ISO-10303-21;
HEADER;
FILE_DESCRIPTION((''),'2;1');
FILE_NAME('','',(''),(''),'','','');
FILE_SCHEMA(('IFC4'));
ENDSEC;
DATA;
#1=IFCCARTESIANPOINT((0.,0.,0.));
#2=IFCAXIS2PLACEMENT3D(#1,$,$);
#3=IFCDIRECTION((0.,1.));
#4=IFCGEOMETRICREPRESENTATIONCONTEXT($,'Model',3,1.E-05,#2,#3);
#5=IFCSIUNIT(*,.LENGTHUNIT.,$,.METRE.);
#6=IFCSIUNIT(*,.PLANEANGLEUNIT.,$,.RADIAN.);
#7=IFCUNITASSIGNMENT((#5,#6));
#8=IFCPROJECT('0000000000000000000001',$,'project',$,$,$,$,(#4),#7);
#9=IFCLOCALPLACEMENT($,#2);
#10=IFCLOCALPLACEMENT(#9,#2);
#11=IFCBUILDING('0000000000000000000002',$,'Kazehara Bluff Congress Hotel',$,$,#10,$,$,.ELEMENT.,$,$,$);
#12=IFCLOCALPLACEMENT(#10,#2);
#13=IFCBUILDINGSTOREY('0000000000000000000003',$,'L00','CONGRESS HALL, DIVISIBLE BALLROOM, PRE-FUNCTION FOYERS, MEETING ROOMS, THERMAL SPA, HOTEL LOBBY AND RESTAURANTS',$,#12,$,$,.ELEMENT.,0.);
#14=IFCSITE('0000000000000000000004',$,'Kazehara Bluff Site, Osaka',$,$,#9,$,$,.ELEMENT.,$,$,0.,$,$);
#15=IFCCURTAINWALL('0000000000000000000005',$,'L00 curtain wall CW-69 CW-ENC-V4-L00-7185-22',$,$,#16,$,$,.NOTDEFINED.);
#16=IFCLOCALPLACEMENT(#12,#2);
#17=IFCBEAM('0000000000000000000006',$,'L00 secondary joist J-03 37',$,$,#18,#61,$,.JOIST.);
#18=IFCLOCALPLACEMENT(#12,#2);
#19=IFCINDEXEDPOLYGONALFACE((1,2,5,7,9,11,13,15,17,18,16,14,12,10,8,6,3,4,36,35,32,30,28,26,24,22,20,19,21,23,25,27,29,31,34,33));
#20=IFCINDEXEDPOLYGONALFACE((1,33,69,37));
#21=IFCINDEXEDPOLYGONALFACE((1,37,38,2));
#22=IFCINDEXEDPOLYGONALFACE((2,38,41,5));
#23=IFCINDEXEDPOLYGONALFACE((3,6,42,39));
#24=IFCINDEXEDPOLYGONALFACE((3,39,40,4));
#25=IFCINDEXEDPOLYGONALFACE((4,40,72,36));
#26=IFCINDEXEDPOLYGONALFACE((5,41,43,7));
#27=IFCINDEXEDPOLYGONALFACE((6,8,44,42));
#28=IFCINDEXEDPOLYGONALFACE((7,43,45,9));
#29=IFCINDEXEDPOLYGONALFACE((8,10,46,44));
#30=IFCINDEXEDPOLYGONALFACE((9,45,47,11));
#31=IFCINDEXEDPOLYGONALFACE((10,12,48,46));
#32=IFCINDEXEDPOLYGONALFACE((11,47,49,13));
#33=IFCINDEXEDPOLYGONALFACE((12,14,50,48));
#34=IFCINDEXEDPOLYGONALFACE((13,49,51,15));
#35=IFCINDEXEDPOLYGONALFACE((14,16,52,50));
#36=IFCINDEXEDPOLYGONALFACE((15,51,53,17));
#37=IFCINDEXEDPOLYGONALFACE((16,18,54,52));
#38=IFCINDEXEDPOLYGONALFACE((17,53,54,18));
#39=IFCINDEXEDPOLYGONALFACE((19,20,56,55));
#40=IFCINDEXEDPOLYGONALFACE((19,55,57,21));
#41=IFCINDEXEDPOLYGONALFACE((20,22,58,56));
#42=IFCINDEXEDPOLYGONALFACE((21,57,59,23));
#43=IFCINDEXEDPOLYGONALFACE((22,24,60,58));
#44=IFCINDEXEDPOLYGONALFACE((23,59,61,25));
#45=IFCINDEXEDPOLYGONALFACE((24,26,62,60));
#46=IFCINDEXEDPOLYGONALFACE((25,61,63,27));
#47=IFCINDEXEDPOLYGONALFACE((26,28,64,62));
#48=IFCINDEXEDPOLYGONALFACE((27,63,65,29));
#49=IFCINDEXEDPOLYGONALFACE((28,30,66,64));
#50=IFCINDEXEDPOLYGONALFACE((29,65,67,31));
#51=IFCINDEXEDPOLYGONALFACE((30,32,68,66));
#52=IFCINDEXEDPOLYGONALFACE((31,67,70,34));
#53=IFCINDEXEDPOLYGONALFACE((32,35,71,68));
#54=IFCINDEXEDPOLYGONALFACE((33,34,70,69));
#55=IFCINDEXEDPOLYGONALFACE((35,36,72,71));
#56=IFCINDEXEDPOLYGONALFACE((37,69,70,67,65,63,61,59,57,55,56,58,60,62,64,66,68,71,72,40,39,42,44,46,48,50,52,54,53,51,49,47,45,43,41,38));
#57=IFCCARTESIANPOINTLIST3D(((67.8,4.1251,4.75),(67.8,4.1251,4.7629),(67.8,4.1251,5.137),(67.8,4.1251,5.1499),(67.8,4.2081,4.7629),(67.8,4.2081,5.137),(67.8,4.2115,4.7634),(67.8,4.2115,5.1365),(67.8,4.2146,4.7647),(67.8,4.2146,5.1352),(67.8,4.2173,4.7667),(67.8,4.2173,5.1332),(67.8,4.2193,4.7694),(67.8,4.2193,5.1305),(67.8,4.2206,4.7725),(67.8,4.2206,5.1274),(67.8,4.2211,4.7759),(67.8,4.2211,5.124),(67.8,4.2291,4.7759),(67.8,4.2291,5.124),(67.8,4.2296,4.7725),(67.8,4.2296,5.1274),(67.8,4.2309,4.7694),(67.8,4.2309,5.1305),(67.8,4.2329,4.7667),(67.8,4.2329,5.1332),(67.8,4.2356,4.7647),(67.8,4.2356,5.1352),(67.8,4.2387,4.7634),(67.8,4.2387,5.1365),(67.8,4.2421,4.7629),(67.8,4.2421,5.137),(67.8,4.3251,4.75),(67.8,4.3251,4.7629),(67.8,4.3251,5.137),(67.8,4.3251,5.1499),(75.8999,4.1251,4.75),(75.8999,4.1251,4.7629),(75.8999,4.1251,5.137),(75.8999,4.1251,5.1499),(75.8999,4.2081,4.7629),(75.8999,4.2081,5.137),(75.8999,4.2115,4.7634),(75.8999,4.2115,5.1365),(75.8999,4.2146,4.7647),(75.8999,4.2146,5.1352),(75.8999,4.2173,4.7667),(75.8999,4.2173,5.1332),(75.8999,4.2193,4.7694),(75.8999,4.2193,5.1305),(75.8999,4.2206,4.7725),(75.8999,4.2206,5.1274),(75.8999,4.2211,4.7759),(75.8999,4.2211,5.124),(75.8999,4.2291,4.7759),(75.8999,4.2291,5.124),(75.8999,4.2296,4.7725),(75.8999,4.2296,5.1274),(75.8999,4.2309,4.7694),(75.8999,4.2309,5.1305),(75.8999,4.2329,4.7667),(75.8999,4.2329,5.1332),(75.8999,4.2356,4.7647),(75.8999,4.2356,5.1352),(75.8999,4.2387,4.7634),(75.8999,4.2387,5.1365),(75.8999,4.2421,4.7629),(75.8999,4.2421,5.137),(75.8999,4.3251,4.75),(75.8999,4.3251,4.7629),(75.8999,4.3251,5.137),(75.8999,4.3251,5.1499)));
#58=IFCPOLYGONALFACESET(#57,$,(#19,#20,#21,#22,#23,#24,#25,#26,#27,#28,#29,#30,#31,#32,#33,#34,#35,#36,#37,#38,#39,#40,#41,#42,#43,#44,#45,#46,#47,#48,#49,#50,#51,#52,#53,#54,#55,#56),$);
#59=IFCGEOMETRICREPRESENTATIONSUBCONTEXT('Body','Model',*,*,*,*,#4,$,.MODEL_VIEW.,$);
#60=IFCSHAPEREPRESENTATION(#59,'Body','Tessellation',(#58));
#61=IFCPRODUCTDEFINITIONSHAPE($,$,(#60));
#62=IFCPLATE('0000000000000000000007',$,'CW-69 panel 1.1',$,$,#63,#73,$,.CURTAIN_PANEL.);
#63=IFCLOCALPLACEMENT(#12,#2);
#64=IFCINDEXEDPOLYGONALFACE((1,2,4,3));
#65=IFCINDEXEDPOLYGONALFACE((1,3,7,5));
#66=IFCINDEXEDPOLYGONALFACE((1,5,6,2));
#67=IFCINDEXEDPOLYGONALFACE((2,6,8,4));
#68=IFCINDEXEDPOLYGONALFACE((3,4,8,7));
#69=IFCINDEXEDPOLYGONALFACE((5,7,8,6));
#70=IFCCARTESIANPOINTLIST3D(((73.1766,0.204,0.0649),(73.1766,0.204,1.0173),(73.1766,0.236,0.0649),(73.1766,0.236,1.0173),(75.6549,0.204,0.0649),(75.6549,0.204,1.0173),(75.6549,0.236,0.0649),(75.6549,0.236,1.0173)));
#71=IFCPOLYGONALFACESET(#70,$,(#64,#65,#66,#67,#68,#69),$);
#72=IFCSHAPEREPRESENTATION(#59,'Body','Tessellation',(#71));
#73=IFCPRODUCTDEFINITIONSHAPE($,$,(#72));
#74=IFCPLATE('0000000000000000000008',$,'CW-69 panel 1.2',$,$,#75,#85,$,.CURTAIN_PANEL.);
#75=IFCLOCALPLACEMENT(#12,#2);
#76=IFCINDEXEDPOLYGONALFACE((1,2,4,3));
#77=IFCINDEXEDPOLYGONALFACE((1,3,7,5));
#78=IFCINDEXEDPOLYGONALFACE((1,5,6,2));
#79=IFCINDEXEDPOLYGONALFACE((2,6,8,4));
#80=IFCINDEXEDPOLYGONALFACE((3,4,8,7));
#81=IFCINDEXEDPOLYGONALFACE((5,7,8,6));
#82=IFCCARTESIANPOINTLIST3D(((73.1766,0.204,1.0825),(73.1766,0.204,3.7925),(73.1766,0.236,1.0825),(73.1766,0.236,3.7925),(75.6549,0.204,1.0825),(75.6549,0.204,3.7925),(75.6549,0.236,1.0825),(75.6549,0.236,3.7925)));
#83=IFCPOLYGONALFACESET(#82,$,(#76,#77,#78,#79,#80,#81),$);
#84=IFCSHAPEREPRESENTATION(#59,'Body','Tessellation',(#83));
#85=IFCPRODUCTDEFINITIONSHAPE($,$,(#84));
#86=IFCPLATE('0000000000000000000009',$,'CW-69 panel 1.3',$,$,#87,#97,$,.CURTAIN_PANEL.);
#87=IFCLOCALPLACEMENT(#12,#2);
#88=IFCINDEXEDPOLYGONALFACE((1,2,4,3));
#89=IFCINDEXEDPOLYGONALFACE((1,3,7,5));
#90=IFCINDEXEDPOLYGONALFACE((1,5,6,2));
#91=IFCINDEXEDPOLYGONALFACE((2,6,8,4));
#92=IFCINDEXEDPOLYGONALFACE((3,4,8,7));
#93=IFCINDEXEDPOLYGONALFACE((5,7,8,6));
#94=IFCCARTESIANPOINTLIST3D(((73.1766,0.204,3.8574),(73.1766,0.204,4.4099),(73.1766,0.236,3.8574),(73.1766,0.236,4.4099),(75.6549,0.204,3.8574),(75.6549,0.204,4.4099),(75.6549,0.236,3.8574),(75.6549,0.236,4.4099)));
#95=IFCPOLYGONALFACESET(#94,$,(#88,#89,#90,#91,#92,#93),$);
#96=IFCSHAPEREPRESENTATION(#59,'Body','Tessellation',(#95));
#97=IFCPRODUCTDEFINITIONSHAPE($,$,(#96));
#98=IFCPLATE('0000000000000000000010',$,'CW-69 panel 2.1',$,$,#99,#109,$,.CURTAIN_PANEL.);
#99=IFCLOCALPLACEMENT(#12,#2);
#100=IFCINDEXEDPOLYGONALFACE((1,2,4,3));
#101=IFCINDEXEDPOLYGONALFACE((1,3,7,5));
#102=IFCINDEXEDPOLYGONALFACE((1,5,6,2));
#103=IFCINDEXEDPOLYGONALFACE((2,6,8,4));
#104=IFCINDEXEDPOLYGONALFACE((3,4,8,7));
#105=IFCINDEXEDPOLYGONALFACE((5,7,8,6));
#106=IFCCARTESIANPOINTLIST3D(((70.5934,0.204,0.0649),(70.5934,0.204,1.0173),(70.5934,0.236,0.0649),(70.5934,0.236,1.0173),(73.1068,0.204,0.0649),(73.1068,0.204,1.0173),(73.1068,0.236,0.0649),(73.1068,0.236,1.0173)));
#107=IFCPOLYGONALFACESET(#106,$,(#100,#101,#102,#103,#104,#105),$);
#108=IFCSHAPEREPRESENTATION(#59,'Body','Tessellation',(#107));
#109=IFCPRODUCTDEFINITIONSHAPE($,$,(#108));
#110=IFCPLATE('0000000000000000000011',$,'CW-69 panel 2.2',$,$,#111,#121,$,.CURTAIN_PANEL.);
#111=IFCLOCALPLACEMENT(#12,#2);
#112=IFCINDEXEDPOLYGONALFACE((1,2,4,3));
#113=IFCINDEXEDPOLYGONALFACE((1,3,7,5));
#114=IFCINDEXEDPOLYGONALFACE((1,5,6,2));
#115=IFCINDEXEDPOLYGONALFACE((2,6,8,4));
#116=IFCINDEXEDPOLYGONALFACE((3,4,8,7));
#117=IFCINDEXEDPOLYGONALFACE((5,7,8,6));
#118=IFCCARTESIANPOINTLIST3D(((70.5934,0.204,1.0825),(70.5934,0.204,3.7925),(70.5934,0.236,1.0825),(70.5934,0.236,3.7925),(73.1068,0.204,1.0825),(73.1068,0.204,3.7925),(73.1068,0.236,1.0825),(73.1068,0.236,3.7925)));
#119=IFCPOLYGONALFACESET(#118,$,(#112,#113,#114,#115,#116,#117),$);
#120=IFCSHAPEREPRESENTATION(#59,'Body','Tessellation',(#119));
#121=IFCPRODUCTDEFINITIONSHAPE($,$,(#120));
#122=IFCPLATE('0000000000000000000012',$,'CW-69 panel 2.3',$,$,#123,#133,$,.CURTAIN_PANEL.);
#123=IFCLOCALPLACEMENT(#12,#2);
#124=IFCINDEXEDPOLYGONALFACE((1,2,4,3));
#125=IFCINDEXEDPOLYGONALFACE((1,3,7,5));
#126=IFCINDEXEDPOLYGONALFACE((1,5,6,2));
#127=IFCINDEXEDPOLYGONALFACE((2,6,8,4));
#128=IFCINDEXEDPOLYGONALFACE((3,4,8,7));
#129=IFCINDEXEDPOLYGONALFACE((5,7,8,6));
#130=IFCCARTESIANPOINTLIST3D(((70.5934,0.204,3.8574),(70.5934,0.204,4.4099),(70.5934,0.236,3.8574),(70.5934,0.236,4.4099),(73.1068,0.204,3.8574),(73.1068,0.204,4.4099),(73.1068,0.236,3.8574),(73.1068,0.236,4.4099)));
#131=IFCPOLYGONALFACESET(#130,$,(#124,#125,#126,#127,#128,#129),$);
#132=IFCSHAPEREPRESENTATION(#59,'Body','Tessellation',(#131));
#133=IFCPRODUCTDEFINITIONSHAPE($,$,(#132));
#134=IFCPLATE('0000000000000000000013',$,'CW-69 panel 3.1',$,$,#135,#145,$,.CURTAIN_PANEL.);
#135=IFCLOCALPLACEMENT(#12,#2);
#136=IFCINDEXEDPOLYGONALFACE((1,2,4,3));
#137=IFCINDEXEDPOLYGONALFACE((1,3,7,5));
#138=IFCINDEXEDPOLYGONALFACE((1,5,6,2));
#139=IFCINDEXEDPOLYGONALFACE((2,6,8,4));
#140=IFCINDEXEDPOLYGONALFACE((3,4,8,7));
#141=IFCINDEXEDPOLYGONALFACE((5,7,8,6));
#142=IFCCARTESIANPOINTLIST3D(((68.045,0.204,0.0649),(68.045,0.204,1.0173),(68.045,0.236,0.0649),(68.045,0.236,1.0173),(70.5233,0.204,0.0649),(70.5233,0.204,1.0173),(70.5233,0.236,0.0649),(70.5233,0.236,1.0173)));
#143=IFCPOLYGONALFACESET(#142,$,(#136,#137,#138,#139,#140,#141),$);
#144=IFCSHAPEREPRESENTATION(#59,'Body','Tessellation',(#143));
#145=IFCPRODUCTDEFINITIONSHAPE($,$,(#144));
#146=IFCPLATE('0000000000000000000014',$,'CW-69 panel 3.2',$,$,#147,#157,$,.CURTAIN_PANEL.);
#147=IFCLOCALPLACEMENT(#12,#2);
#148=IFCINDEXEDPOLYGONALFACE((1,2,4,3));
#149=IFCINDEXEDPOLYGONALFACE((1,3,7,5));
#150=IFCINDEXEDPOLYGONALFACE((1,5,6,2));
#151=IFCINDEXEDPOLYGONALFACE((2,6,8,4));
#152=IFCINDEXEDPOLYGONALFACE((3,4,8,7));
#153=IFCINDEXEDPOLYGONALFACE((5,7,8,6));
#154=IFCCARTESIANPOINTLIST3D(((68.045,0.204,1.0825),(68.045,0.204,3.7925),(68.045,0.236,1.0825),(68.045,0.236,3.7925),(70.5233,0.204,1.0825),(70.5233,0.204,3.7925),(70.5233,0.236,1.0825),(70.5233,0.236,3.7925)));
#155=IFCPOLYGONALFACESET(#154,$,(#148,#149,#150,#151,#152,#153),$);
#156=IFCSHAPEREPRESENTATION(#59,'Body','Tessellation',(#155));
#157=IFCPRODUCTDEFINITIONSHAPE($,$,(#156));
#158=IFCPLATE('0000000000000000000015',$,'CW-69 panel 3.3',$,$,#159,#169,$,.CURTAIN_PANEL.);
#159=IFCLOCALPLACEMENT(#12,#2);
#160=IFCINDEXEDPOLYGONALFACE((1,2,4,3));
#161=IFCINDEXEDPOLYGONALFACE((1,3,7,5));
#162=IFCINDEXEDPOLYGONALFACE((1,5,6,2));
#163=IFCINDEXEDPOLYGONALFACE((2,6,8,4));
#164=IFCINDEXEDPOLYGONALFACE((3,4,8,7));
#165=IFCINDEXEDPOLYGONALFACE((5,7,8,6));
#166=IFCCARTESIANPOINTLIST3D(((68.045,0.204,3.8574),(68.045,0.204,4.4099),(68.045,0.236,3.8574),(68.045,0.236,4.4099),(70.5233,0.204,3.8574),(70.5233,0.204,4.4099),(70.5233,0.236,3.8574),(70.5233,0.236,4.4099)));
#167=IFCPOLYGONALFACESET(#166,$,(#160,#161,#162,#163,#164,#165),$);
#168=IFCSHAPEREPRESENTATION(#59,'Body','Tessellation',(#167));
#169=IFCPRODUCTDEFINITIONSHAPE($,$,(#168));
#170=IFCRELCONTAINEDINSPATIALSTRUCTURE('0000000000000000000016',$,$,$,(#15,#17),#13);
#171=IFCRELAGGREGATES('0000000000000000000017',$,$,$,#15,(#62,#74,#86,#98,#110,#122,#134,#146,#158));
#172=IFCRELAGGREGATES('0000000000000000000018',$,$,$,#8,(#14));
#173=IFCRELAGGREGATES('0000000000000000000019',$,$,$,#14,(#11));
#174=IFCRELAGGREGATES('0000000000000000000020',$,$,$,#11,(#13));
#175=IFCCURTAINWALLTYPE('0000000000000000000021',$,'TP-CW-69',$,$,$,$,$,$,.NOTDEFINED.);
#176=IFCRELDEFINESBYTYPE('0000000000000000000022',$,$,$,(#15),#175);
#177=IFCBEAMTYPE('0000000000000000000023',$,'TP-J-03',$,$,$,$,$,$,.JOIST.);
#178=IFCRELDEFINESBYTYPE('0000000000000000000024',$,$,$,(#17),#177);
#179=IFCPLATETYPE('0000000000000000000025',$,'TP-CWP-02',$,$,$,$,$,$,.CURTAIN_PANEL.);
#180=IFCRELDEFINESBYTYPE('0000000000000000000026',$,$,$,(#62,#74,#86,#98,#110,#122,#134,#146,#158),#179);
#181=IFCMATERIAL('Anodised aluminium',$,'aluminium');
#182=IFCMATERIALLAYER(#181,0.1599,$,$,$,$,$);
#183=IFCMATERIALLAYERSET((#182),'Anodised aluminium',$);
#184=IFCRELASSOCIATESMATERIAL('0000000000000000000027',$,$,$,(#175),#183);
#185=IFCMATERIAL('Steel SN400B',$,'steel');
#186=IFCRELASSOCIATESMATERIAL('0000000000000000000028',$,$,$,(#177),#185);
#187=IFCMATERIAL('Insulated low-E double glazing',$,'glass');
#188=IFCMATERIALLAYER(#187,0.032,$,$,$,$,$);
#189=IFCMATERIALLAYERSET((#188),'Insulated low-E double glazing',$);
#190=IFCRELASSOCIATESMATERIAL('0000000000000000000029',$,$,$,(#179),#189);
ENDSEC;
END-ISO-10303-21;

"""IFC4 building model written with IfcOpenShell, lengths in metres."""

from ifc_helpers import new_model, si_unit, direction, frame, origin, origin_2d, place, context, subcontext, project, spatial, rectangle, i_section, extrude, material, layer, layer_set, material_profile, profile_set, type_object, element, aggregate, save


model = new_model("IFC4")

# Units and contexts
model_context = context("Model", 3, precision=1e-05, world=origin(), true_north=direction((0.0, 1.0)))
body_context = subcontext(model_context, "Body", "Model", "MODEL_VIEW")
ifc_project = project(units=[si_unit("LENGTHUNIT", "METRE"), si_unit("PLANEANGLEUNIT", "RADIAN")], contexts=[model_context])

# Site, building, storey
site_placement = place(None, origin())
site = spatial("IfcSite", under=ifc_project, at=site_placement, Name="Kazehara Bluff Site, Osaka", CompositionType="ELEMENT", RefElevation=0.0)
building_placement = place(site_placement, origin())
building = spatial("IfcBuilding", under=site, at=building_placement, Name="Kazehara Bluff Congress Hotel", CompositionType="ELEMENT")
storey_placement = place(building_placement, origin())
storey = spatial("IfcBuildingStorey", under=building, at=storey_placement, Name="L00", Description="CONGRESS HALL, DIVISIBLE BALLROOM, PRE-FUNCTION FOYERS, MEETING ROOMS, THERMAL SPA, HOTEL LOBBY AND RESTAURANTS", CompositionType="ELEMENT", Elevation=0.0)

# Curtain wall
ifc_material_1 = material(Name="Anodised aluminium", Category="aluminium")
ifc_layer_1 = layer(ifc_material_1, 0.1599)
ifc_layer_set_1 = layer_set([ifc_layer_1], Name="Anodised aluminium")
curtain_wall_type = type_object("IfcCurtainWallType", Name="TP-CW-69", PredefinedType="NOTDEFINED", material=ifc_layer_set_1)
curtain_wall_placement = place(storey_placement, origin())
curtain_wall = element("IfcCurtainWall", 1, at=curtain_wall_placement, inside=storey, type_object=curtain_wall_type, Name="L00 curtain wall CW-69 CW-ENC-V4-L00-7185-22", PredefinedType="NOTDEFINED")

# Beam
ifc_material_2 = material(Name="Steel SN400B", Category="steel")
ifc_material_profile_1 = material_profile(ifc_material_2, i_section(OverallWidth=0.2, OverallDepth=0.3999, WebThickness=0.0081, FlangeThickness=0.0129, FilletRadius=0.0129, at=origin_2d()))
ifc_profile_set_1 = profile_set([ifc_material_profile_1], Name="Steel SN400B")
beam_type_1 = type_object("IfcBeamType", Name="TP-J-03", PredefinedType="JOIST", material=ifc_profile_set_1)
beam_1_placement = place(storey_placement, frame((67.8, 4.2251, 4.95), z_axis=(1.0, 0.0, 0.0), x_axis=(0.0, 1.0, 0.0)))
element("IfcBeam", 2, at=beam_1_placement, inside=storey, type_object=beam_type_1, Name="L00 secondary joist J-03 37", PredefinedType="JOIST", context=body_context, shape_type="SweptSolid", body=[
    extrude(i_section(OverallWidth=0.2, OverallDepth=0.3999, WebThickness=0.0081, FlangeThickness=0.0129, FilletRadius=0.0129, at=origin_2d()), origin(), (0.0, 0.0, 1.0), 8.0999),
])

# Plates
ifc_material_3 = material(Name="Insulated low-E double glazing", Category="glass")
ifc_layer_2 = layer(ifc_material_3, 0.032)
ifc_layer_set_2 = layer_set([ifc_layer_2], Name="Insulated low-E double glazing")
plate_type = type_object("IfcPlateType", Name="TP-CWP-02", PredefinedType="CURTAIN_PANEL", material=ifc_layer_set_2)
plate_1_placement = place(storey_placement, frame((74.4158, 0.22, 0.0649), z_axis=(0.0, 0.0, 1.0), x_axis=(-1.0, 0.0, 0.0)))
plate_1 = element("IfcPlate", 3, at=plate_1_placement, type_object=plate_type, Name="CW-69 panel 1.1", PredefinedType="CURTAIN_PANEL", context=body_context, shape_type="SweptSolid", body=[
    extrude(rectangle(XDim=2.4783, YDim=0.032, at=origin_2d()), origin(), (0.0, 0.0, 1.0), 0.9524),
])
plate_2_placement = place(storey_placement, frame((74.4158, 0.22, 1.0825), z_axis=(0.0, 0.0, 1.0), x_axis=(-1.0, 0.0, 0.0)))
plate_2 = element("IfcPlate", 4, at=plate_2_placement, type_object=plate_type, Name="CW-69 panel 1.2", PredefinedType="CURTAIN_PANEL", context=body_context, shape_type="SweptSolid", body=[
    extrude(rectangle(XDim=2.4783, YDim=0.032, at=origin_2d()), origin(), (0.0, 0.0, 1.0), 2.71),
])
plate_3_placement = place(storey_placement, frame((74.4158, 0.22, 3.8574), z_axis=(0.0, 0.0, 1.0), x_axis=(-1.0, 0.0, 0.0)))
plate_3 = element("IfcPlate", 5, at=plate_3_placement, type_object=plate_type, Name="CW-69 panel 1.3", PredefinedType="CURTAIN_PANEL", context=body_context, shape_type="SweptSolid", body=[
    extrude(rectangle(XDim=2.4783, YDim=0.032, at=origin_2d()), origin(), (0.0, 0.0, 1.0), 0.5525),
])
plate_4_placement = place(storey_placement, frame((71.8501, 0.22, 0.0649), z_axis=(0.0, 0.0, 1.0), x_axis=(-1.0, 0.0, 0.0)))
plate_4 = element("IfcPlate", 6, at=plate_4_placement, type_object=plate_type, Name="CW-69 panel 2.1", PredefinedType="CURTAIN_PANEL", context=body_context, shape_type="SweptSolid", body=[
    extrude(rectangle(XDim=2.5134, YDim=0.032, at=origin_2d()), origin(), (0.0, 0.0, 1.0), 0.9524),
])
plate_5_placement = place(storey_placement, frame((71.8501, 0.22, 1.0825), z_axis=(0.0, 0.0, 1.0), x_axis=(-1.0, 0.0, 0.0)))
plate_5 = element("IfcPlate", 7, at=plate_5_placement, type_object=plate_type, Name="CW-69 panel 2.2", PredefinedType="CURTAIN_PANEL", context=body_context, shape_type="SweptSolid", body=[
    extrude(rectangle(XDim=2.5134, YDim=0.032, at=origin_2d()), origin(), (0.0, 0.0, 1.0), 2.71),
])
plate_6_placement = place(storey_placement, frame((71.8501, 0.22, 3.8574), z_axis=(0.0, 0.0, 1.0), x_axis=(-1.0, 0.0, 0.0)))
plate_6 = element("IfcPlate", 8, at=plate_6_placement, type_object=plate_type, Name="CW-69 panel 2.3", PredefinedType="CURTAIN_PANEL", context=body_context, shape_type="SweptSolid", body=[
    extrude(rectangle(XDim=2.5134, YDim=0.032, at=origin_2d()), origin(), (0.0, 0.0, 1.0), 0.5525),
])
plate_7_placement = place(storey_placement, frame((69.2842, 0.22, 0.0649), z_axis=(0.0, 0.0, 1.0), x_axis=(-1.0, 0.0, 0.0)))
plate_7 = element("IfcPlate", 9, at=plate_7_placement, type_object=plate_type, Name="CW-69 panel 3.1", PredefinedType="CURTAIN_PANEL", context=body_context, shape_type="SweptSolid", body=[
    extrude(rectangle(XDim=2.4783, YDim=0.032, at=origin_2d()), origin(), (0.0, 0.0, 1.0), 0.9524),
])
plate_8_placement = place(storey_placement, frame((69.2842, 0.22, 1.0825), z_axis=(0.0, 0.0, 1.0), x_axis=(-1.0, 0.0, 0.0)))
plate_8 = element("IfcPlate", 10, at=plate_8_placement, type_object=plate_type, Name="CW-69 panel 3.2", PredefinedType="CURTAIN_PANEL", context=body_context, shape_type="SweptSolid", body=[
    extrude(rectangle(XDim=2.4783, YDim=0.032, at=origin_2d()), origin(), (0.0, 0.0, 1.0), 2.71),
])
plate_9_placement = place(storey_placement, frame((69.2842, 0.22, 3.8574), z_axis=(0.0, 0.0, 1.0), x_axis=(-1.0, 0.0, 0.0)))
plate_9 = element("IfcPlate", 11, at=plate_9_placement, type_object=plate_type, Name="CW-69 panel 3.3", PredefinedType="CURTAIN_PANEL", context=body_context, shape_type="SweptSolid", body=[
    extrude(rectangle(XDim=2.4783, YDim=0.032, at=origin_2d()), origin(), (0.0, 0.0, 1.0), 0.5525),
])
aggregate(curtain_wall, [plate_1, plate_2, plate_3, plate_4, plate_5, plate_6, plate_7, plate_8, plate_9])

save(model, "model.ifc")
